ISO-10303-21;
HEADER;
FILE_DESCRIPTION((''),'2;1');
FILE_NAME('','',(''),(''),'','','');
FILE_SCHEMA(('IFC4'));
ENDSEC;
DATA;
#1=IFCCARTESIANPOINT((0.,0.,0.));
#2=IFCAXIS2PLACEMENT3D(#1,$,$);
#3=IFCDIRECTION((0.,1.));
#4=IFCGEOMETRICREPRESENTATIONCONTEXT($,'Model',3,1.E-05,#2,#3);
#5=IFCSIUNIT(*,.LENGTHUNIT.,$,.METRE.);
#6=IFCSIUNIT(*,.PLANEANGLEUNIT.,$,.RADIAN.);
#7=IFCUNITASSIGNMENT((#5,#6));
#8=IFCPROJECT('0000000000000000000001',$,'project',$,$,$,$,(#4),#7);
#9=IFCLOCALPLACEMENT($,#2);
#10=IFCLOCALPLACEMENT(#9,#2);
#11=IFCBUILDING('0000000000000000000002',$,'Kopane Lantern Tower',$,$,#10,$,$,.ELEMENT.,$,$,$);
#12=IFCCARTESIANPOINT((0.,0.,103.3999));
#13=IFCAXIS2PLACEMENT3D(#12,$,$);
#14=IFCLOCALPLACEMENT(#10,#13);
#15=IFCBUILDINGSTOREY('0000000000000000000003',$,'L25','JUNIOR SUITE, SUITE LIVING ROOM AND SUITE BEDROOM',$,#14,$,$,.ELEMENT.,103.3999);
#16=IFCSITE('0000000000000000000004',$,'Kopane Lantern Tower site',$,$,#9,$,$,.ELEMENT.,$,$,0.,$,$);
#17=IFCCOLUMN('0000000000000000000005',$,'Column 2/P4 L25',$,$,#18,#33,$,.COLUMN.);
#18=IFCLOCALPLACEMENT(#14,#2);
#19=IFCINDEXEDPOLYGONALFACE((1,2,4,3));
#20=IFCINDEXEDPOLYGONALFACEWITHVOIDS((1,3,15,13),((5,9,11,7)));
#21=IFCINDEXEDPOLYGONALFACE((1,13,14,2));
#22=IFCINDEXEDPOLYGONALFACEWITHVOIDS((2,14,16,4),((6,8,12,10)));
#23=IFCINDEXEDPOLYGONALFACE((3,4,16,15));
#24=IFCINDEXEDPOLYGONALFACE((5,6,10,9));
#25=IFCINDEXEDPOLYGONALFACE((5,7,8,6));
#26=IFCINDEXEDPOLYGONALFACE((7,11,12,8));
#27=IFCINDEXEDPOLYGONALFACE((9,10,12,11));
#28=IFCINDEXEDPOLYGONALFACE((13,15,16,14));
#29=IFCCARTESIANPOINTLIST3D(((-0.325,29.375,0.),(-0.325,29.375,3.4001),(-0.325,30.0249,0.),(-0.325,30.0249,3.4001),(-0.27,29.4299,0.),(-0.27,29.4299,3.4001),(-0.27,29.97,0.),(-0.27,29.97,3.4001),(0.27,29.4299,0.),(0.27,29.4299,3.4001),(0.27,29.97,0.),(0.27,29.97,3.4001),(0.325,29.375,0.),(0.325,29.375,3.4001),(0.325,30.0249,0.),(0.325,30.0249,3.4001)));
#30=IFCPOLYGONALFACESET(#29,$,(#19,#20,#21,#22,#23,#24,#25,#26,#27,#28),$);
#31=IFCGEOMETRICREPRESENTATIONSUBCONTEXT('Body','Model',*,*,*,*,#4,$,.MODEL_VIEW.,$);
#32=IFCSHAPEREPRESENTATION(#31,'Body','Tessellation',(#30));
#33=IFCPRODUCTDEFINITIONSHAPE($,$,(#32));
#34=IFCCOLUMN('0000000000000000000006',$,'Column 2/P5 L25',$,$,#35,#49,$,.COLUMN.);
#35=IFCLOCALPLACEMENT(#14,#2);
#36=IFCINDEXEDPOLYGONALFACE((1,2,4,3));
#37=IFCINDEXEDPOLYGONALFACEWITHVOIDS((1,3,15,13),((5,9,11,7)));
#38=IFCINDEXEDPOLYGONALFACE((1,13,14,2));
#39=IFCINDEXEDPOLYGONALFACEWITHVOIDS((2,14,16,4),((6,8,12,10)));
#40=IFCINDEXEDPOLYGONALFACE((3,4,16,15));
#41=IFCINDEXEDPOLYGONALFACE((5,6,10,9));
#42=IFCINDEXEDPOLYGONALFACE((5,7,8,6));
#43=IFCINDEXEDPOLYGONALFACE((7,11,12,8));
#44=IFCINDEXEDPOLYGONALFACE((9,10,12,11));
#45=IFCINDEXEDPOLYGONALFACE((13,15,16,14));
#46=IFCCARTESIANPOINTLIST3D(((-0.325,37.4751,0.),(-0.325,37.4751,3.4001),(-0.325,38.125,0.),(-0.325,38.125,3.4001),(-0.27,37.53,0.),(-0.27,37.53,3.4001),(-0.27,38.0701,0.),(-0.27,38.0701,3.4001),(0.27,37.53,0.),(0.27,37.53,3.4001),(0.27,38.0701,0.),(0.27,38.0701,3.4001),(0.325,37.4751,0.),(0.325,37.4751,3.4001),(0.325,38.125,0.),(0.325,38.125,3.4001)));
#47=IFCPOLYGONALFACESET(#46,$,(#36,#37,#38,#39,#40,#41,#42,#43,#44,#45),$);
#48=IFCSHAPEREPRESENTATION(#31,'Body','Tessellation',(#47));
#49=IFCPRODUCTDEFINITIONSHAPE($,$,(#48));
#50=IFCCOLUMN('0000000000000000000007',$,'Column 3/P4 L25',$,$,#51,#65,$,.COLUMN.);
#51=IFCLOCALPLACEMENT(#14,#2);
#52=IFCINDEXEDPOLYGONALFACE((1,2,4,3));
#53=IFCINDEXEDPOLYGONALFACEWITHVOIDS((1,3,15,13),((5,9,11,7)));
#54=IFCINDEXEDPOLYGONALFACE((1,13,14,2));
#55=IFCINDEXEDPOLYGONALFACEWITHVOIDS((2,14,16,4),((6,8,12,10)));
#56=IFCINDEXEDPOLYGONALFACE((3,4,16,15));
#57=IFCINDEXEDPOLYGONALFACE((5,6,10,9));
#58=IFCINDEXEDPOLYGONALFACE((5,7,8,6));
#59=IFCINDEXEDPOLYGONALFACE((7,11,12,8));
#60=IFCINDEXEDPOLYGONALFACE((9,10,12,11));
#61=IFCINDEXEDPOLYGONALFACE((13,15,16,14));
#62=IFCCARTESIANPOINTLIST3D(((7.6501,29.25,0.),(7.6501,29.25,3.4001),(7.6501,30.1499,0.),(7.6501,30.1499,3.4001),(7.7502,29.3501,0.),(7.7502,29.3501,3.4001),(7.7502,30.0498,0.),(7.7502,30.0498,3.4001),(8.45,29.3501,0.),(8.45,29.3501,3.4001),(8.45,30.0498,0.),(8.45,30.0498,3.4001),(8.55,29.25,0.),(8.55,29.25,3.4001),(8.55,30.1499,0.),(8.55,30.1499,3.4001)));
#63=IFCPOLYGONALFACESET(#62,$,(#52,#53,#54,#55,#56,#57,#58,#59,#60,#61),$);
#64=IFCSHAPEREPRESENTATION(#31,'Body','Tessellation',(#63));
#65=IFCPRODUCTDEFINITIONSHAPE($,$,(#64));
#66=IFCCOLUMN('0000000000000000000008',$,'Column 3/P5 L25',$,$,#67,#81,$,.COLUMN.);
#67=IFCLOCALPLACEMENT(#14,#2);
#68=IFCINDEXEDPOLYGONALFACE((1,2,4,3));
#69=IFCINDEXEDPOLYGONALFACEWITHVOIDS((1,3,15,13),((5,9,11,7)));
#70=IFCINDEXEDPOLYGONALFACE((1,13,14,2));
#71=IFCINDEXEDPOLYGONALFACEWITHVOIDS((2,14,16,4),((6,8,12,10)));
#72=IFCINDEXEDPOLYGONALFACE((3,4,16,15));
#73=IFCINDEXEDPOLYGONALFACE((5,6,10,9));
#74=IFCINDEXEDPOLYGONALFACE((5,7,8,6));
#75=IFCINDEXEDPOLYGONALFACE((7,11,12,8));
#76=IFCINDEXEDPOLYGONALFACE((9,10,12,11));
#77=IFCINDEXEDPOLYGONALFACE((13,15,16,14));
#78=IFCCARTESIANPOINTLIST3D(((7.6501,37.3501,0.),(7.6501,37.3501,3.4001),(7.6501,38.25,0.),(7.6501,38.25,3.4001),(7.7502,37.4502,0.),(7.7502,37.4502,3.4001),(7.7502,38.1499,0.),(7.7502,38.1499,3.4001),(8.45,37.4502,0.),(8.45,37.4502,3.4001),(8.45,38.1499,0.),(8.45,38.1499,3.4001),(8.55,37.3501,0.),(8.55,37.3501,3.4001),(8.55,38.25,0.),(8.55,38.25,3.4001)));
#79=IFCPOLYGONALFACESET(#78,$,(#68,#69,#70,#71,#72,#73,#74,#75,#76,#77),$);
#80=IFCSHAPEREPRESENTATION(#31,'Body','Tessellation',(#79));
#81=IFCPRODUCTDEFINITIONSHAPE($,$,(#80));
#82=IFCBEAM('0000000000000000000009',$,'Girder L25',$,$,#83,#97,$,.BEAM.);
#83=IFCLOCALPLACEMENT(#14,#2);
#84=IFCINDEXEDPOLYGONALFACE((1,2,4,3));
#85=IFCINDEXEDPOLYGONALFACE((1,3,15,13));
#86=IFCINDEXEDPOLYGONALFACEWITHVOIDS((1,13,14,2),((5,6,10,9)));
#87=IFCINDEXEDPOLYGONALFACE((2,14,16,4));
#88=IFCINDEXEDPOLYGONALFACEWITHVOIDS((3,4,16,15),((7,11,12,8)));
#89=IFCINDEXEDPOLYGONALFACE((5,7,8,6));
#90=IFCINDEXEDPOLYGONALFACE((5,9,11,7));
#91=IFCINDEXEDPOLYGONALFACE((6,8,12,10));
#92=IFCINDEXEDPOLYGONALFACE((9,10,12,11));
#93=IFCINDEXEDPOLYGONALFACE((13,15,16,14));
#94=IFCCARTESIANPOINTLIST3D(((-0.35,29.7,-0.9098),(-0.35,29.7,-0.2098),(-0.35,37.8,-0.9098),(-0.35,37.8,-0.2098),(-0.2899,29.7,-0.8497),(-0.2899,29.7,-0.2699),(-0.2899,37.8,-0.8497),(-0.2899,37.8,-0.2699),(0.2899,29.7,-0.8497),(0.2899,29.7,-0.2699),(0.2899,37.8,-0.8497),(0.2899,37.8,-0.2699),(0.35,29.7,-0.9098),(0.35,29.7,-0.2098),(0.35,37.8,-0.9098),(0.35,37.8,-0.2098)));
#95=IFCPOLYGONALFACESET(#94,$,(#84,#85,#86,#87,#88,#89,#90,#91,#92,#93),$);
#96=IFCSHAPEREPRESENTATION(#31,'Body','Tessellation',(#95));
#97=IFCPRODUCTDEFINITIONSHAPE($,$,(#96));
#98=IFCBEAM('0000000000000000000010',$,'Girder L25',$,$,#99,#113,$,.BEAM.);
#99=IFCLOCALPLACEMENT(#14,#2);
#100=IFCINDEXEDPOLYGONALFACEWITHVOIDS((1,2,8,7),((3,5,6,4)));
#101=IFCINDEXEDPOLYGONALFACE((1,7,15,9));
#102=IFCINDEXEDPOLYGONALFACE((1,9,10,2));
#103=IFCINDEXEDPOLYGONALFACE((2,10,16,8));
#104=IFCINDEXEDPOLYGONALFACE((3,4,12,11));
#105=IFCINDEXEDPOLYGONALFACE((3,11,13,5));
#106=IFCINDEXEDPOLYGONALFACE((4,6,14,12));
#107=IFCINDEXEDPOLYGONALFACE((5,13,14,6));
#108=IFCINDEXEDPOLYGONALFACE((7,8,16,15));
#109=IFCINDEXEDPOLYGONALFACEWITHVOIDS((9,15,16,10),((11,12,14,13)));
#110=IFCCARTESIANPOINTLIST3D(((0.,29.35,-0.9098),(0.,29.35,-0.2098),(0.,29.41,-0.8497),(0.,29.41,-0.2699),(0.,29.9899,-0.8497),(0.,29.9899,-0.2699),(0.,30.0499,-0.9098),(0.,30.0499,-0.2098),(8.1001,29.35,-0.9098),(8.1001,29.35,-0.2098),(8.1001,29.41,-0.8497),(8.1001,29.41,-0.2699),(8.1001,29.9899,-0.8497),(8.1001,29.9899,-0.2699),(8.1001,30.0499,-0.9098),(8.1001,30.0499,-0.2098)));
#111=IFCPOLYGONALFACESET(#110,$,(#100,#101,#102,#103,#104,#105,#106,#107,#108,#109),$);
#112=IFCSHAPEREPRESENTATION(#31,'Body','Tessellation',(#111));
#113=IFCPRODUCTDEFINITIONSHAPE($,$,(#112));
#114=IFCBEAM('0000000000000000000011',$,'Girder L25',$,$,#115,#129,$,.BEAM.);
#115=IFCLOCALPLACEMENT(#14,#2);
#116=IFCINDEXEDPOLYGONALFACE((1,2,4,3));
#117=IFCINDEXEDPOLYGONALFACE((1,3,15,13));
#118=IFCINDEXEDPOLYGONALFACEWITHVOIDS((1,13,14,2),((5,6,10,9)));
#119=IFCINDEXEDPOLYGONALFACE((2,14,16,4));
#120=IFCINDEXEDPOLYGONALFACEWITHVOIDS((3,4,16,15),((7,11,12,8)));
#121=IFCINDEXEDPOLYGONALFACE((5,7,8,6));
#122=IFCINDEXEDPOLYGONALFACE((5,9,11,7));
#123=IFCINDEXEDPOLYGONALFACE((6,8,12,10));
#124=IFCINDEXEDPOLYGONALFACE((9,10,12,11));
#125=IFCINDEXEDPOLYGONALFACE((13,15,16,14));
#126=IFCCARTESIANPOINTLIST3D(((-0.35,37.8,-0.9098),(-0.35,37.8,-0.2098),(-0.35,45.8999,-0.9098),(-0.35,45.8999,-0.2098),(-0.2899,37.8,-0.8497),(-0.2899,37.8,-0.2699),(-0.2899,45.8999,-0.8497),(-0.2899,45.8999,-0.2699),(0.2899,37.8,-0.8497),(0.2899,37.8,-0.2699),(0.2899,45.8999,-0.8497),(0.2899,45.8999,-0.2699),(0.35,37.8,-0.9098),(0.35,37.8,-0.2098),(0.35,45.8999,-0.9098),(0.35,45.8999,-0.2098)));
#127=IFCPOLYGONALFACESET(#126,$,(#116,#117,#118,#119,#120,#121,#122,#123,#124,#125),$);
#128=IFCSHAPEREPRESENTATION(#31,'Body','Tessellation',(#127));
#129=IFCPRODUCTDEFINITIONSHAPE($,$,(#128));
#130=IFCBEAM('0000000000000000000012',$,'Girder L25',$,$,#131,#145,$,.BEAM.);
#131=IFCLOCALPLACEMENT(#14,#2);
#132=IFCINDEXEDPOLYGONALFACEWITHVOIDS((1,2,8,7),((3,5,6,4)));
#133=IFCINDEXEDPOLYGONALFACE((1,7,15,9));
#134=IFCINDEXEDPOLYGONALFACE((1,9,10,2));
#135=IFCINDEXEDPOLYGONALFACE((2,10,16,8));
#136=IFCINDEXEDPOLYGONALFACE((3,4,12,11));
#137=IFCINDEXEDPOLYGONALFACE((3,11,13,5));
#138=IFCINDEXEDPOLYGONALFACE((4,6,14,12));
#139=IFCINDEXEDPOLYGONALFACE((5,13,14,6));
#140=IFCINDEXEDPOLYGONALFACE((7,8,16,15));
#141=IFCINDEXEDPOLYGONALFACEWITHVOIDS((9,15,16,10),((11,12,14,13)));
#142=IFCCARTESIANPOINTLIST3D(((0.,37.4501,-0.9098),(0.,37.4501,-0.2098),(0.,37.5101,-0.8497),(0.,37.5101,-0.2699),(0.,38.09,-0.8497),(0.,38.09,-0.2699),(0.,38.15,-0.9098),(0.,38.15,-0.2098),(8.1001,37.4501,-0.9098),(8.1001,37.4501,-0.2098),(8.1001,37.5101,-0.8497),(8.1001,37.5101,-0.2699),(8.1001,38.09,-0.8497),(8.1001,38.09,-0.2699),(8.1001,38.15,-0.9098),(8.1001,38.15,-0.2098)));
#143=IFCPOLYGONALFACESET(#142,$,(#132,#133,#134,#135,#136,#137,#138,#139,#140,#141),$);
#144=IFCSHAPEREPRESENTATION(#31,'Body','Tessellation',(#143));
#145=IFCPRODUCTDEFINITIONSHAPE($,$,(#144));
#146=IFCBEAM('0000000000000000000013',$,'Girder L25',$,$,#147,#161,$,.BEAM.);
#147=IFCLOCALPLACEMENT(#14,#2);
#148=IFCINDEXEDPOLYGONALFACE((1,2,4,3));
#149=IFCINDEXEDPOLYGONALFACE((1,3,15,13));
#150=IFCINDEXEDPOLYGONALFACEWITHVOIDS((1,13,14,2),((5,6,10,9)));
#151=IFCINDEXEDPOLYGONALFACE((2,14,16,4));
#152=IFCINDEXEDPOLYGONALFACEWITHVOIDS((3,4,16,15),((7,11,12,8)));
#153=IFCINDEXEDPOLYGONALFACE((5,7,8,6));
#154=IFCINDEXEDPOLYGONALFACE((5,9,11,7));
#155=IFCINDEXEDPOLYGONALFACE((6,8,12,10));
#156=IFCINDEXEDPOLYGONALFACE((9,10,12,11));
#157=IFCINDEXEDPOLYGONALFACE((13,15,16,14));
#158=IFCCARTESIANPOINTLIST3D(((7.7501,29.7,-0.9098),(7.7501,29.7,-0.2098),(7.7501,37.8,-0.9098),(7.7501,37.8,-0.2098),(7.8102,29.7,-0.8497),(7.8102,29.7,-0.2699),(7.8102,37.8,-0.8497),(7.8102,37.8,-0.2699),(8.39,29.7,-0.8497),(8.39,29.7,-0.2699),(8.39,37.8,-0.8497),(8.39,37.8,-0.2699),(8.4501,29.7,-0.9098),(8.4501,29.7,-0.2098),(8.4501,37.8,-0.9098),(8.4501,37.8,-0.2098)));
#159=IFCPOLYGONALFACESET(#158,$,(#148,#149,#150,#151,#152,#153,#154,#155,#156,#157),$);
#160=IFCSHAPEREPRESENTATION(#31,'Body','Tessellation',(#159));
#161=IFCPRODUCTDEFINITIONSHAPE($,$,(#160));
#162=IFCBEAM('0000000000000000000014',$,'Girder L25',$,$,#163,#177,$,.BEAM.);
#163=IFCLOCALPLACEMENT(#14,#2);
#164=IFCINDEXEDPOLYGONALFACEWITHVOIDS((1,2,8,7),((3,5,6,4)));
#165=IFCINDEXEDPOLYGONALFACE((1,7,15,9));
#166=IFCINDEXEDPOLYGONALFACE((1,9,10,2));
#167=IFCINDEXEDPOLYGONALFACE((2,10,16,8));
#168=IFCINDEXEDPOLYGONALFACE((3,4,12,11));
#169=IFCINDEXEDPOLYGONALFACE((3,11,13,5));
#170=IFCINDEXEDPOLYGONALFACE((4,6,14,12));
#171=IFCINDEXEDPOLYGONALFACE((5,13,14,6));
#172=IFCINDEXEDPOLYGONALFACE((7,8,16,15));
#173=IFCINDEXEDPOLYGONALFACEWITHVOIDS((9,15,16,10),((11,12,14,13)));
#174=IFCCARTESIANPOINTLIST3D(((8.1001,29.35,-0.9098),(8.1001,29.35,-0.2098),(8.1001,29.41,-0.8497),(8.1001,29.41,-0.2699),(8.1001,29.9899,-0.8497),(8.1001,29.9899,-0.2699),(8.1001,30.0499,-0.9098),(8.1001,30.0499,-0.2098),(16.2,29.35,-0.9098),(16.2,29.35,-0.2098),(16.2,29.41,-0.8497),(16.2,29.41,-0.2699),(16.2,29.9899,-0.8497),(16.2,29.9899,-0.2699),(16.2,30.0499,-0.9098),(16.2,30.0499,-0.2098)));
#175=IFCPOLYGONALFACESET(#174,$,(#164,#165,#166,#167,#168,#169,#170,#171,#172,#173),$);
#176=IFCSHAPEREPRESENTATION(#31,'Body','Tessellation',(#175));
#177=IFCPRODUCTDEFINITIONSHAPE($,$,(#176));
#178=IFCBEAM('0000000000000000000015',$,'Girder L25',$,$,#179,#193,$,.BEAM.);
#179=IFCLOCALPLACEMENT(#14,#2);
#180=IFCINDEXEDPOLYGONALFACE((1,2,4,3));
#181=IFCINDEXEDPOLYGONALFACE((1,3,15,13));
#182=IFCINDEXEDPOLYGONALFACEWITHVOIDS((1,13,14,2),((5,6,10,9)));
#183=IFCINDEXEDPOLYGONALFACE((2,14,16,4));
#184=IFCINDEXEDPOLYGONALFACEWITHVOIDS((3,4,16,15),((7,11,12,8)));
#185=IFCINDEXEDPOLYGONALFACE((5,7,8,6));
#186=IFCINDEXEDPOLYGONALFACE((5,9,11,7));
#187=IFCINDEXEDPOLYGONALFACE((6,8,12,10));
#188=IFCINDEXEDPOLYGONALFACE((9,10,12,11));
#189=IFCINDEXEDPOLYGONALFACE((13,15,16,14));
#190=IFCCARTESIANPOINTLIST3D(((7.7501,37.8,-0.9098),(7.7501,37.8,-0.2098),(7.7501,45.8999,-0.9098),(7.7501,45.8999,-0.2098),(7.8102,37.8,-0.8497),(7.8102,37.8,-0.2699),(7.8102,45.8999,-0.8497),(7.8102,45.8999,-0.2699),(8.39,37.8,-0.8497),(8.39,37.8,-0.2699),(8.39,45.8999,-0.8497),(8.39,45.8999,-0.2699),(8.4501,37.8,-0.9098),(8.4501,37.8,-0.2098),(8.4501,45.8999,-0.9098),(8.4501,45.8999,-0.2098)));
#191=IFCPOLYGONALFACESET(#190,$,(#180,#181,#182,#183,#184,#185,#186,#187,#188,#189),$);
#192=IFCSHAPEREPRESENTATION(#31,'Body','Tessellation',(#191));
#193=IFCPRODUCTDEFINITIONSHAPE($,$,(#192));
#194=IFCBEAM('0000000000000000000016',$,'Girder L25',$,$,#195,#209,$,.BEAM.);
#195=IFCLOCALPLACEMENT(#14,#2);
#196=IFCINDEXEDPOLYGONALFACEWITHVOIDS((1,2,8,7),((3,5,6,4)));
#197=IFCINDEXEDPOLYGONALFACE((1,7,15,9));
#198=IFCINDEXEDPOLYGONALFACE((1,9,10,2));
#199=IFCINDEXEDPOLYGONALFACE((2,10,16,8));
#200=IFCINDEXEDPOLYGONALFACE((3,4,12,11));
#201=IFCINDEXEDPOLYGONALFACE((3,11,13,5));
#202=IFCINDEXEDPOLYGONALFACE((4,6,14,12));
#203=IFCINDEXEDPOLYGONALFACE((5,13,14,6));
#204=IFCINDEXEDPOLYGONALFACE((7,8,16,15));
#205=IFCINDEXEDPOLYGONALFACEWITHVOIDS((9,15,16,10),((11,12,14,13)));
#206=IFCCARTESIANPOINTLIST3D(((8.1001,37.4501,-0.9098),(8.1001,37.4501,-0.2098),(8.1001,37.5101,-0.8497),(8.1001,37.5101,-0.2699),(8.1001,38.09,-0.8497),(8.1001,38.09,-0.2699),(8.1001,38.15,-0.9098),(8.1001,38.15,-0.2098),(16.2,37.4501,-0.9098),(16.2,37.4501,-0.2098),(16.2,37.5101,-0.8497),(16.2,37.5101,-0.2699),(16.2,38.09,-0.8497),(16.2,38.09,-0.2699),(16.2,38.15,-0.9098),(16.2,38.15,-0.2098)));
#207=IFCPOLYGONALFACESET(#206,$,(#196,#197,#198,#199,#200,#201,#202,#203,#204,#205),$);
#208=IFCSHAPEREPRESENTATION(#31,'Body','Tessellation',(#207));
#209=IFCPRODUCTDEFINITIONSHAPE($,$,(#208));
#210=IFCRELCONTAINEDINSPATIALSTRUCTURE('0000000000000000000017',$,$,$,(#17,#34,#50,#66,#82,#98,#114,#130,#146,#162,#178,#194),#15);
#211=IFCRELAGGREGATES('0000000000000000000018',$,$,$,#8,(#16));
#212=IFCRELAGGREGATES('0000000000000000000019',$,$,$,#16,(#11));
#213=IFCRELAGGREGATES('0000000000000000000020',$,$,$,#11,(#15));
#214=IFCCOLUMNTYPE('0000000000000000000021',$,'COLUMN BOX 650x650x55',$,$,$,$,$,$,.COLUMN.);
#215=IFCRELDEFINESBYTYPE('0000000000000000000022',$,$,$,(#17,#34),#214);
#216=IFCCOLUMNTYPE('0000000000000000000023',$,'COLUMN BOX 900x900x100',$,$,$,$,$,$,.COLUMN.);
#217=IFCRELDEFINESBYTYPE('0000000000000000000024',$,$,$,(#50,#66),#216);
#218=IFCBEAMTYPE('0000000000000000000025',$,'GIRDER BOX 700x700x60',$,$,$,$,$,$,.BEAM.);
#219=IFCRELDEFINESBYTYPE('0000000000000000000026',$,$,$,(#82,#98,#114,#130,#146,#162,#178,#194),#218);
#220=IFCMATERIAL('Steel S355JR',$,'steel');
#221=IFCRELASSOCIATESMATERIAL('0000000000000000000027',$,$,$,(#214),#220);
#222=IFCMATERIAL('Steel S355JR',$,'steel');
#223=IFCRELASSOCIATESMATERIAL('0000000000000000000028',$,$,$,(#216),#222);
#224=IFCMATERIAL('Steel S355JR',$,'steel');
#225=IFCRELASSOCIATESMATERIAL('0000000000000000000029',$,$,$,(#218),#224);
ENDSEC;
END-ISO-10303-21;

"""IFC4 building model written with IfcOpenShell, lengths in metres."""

from ifc_helpers import new_model, si_unit, direction, frame, origin, origin_2d, place, context, subcontext, project, spatial, hollow_rectangle, extrude, material, material_profile, profile_set, type_object, element, save


model = new_model("IFC4")

# Units and contexts
model_context = context("Model", 3, precision=1e-05, world=origin(), true_north=direction((0.0, 1.0)))
body_context = subcontext(model_context, "Body", "Model", "MODEL_VIEW")
ifc_project = project(units=[si_unit("LENGTHUNIT", "METRE"), si_unit("PLANEANGLEUNIT", "RADIAN")], contexts=[model_context])

# Site, building, storey
site_placement = place(None, origin())
site = spatial("IfcSite", under=ifc_project, at=site_placement, Name="Kopane Lantern Tower site", CompositionType="ELEMENT", RefElevation=0.0)
building_placement = place(site_placement, origin())
building = spatial("IfcBuilding", under=site, at=building_placement, Name="Kopane Lantern Tower", CompositionType="ELEMENT")
storey_placement = place(building_placement, frame((0.0, 0.0, 103.3999)))
storey = spatial("IfcBuildingStorey", under=building, at=storey_placement, Name="L25", Description="JUNIOR SUITE, SUITE LIVING ROOM AND SUITE BEDROOM", CompositionType="ELEMENT", Elevation=103.3999)

# Columns
ifc_material_1 = material(Name="Steel S355JR", Category="steel")
ifc_material_profile_1 = material_profile(ifc_material_1, hollow_rectangle(XDim=0.6499, YDim=0.6499, WallThickness=0.0549, at=origin_2d()), Name="BOX 650x650x55")
ifc_profile_set_1 = profile_set([ifc_material_profile_1], Name="Steel S355JR")
column_type_1 = type_object("IfcColumnType", Name="COLUMN BOX 650x650x55", PredefinedType="COLUMN", material=ifc_profile_set_1)
for number, where, z_axis, x_axis, name in (
    (1, (0.0, 29.7, 0.0), (0.0, 0.0, 1.0), (1.0, 0.0, 0.0), "Column 2/P4 L25"),
    (2, (0.0, 37.8, 0.0), (0.0, 0.0, 1.0), (1.0, 0.0, 0.0), "Column 2/P5 L25"),
):
    element("IfcColumn", number, at=place(storey_placement, frame(where, z_axis=z_axis, x_axis=x_axis)), inside=storey, type_object=column_type_1, Name=name, PredefinedType="COLUMN", context=body_context, shape_type="SweptSolid", body=[
        extrude(hollow_rectangle(XDim=0.6499, YDim=0.6499, WallThickness=0.0549, at=origin_2d()), origin(), (0.0, 0.0, 1.0), 3.4001),
    ])
ifc_material_2 = material(Name="Steel S355JR", Category="steel")
ifc_material_profile_2 = material_profile(ifc_material_2, hollow_rectangle(XDim=0.8999, YDim=0.8999, WallThickness=0.1001, at=origin_2d()), Name="BOX 900x900x100")
ifc_profile_set_2 = profile_set([ifc_material_profile_2], Name="Steel S355JR")
column_type_2 = type_object("IfcColumnType", Name="COLUMN BOX 900x900x100", PredefinedType="COLUMN", material=ifc_profile_set_2)
for number, where, z_axis, x_axis, name in (
    (3, (8.1001, 29.7, 0.0), (0.0, 0.0, 1.0), (1.0, 0.0, 0.0), "Column 3/P4 L25"),
    (4, (8.1001, 37.8, 0.0), (0.0, 0.0, 1.0), (1.0, 0.0, 0.0), "Column 3/P5 L25"),
):
    element("IfcColumn", number, at=place(storey_placement, frame(where, z_axis=z_axis, x_axis=x_axis)), inside=storey, type_object=column_type_2, Name=name, PredefinedType="COLUMN", context=body_context, shape_type="SweptSolid", body=[
        extrude(hollow_rectangle(XDim=0.8999, YDim=0.8999, WallThickness=0.1001, at=origin_2d()), origin(), (0.0, 0.0, 1.0), 3.4001),
    ])

# Beams
ifc_material_3 = material(Name="Steel S355JR", Category="steel")
ifc_material_profile_3 = material_profile(ifc_material_3, hollow_rectangle(XDim=0.7, YDim=0.7, WallThickness=0.0601, at=origin_2d()), Name="BOX 700x700x60")
ifc_profile_set_3 = profile_set([ifc_material_profile_3], Name="Steel S355JR")
beam_type = type_object("IfcBeamType", Name="GIRDER BOX 700x700x60", PredefinedType="BEAM", material=ifc_profile_set_3)
for number, where, z_axis, x_axis, name in (
    (5, (0.0, 29.7, -0.5598), (0.0, 1.0, 0.0), (-1.0, 0.0, 0.0), "Girder L25"),
    (6, (0.0, 29.7, -0.5598), (1.0, 0.0, 0.0), (0.0, 1.0, 0.0), "Girder L25"),
):
    element("IfcBeam", number, at=place(storey_placement, frame(where, z_axis=z_axis, x_axis=x_axis)), inside=storey, type_object=beam_type, Name=name, PredefinedType="BEAM", context=body_context, shape_type="SweptSolid", body=[
        extrude(hollow_rectangle(XDim=0.7, YDim=0.7, WallThickness=0.0601, at=origin_2d()), origin(), (0.0, 0.0, 1.0), 8.1001),
    ])
beam_placement = place(storey_placement, frame((0.0, 37.8, -0.5598), z_axis=(0.0, 1.0, 0.0), x_axis=(-1.0, 0.0, 0.0)))
element("IfcBeam", 7, at=beam_placement, inside=storey, type_object=beam_type, Name="Girder L25", PredefinedType="BEAM", context=body_context, shape_type="SweptSolid", body=[
    extrude(hollow_rectangle(XDim=0.7, YDim=0.7, WallThickness=0.0601, at=origin_2d()), origin(), (0.0, 0.0, 1.0), 8.0999),
])
for number, where, z_axis, x_axis, name in (
    (8, (0.0, 37.8, -0.5598), (1.0, 0.0, 0.0), (0.0, 1.0, 0.0), "Girder L25"),
    (9, (8.1001, 29.7, -0.5598), (0.0, 1.0, 0.0), (-1.0, 0.0, 0.0), "Girder L25"),
):
    element("IfcBeam", number, at=place(storey_placement, frame(where, z_axis=z_axis, x_axis=x_axis)), inside=storey, type_object=beam_type, Name=name, PredefinedType="BEAM", context=body_context, shape_type="SweptSolid", body=[
        extrude(hollow_rectangle(XDim=0.7, YDim=0.7, WallThickness=0.0601, at=origin_2d()), origin(), (0.0, 0.0, 1.0), 8.1001),
    ])
for number, where, z_axis, x_axis, name in (
    (10, (8.1001, 29.7, -0.5598), (1.0, 0.0, 0.0), (0.0, 1.0, 0.0), "Girder L25"),
    (11, (8.1001, 37.8, -0.5598), (0.0, 1.0, 0.0), (-1.0, 0.0, 0.0), "Girder L25"),
    (12, (8.1001, 37.8, -0.5598), (1.0, 0.0, 0.0), (0.0, 1.0, 0.0), "Girder L25"),
):
    element("IfcBeam", number, at=place(storey_placement, frame(where, z_axis=z_axis, x_axis=x_axis)), inside=storey, type_object=beam_type, Name=name, PredefinedType="BEAM", context=body_context, shape_type="SweptSolid", body=[
        extrude(hollow_rectangle(XDim=0.7, YDim=0.7, WallThickness=0.0601, at=origin_2d()), origin(), (0.0, 0.0, 1.0), 8.0999),
    ])

save(model, "model.ifc")
